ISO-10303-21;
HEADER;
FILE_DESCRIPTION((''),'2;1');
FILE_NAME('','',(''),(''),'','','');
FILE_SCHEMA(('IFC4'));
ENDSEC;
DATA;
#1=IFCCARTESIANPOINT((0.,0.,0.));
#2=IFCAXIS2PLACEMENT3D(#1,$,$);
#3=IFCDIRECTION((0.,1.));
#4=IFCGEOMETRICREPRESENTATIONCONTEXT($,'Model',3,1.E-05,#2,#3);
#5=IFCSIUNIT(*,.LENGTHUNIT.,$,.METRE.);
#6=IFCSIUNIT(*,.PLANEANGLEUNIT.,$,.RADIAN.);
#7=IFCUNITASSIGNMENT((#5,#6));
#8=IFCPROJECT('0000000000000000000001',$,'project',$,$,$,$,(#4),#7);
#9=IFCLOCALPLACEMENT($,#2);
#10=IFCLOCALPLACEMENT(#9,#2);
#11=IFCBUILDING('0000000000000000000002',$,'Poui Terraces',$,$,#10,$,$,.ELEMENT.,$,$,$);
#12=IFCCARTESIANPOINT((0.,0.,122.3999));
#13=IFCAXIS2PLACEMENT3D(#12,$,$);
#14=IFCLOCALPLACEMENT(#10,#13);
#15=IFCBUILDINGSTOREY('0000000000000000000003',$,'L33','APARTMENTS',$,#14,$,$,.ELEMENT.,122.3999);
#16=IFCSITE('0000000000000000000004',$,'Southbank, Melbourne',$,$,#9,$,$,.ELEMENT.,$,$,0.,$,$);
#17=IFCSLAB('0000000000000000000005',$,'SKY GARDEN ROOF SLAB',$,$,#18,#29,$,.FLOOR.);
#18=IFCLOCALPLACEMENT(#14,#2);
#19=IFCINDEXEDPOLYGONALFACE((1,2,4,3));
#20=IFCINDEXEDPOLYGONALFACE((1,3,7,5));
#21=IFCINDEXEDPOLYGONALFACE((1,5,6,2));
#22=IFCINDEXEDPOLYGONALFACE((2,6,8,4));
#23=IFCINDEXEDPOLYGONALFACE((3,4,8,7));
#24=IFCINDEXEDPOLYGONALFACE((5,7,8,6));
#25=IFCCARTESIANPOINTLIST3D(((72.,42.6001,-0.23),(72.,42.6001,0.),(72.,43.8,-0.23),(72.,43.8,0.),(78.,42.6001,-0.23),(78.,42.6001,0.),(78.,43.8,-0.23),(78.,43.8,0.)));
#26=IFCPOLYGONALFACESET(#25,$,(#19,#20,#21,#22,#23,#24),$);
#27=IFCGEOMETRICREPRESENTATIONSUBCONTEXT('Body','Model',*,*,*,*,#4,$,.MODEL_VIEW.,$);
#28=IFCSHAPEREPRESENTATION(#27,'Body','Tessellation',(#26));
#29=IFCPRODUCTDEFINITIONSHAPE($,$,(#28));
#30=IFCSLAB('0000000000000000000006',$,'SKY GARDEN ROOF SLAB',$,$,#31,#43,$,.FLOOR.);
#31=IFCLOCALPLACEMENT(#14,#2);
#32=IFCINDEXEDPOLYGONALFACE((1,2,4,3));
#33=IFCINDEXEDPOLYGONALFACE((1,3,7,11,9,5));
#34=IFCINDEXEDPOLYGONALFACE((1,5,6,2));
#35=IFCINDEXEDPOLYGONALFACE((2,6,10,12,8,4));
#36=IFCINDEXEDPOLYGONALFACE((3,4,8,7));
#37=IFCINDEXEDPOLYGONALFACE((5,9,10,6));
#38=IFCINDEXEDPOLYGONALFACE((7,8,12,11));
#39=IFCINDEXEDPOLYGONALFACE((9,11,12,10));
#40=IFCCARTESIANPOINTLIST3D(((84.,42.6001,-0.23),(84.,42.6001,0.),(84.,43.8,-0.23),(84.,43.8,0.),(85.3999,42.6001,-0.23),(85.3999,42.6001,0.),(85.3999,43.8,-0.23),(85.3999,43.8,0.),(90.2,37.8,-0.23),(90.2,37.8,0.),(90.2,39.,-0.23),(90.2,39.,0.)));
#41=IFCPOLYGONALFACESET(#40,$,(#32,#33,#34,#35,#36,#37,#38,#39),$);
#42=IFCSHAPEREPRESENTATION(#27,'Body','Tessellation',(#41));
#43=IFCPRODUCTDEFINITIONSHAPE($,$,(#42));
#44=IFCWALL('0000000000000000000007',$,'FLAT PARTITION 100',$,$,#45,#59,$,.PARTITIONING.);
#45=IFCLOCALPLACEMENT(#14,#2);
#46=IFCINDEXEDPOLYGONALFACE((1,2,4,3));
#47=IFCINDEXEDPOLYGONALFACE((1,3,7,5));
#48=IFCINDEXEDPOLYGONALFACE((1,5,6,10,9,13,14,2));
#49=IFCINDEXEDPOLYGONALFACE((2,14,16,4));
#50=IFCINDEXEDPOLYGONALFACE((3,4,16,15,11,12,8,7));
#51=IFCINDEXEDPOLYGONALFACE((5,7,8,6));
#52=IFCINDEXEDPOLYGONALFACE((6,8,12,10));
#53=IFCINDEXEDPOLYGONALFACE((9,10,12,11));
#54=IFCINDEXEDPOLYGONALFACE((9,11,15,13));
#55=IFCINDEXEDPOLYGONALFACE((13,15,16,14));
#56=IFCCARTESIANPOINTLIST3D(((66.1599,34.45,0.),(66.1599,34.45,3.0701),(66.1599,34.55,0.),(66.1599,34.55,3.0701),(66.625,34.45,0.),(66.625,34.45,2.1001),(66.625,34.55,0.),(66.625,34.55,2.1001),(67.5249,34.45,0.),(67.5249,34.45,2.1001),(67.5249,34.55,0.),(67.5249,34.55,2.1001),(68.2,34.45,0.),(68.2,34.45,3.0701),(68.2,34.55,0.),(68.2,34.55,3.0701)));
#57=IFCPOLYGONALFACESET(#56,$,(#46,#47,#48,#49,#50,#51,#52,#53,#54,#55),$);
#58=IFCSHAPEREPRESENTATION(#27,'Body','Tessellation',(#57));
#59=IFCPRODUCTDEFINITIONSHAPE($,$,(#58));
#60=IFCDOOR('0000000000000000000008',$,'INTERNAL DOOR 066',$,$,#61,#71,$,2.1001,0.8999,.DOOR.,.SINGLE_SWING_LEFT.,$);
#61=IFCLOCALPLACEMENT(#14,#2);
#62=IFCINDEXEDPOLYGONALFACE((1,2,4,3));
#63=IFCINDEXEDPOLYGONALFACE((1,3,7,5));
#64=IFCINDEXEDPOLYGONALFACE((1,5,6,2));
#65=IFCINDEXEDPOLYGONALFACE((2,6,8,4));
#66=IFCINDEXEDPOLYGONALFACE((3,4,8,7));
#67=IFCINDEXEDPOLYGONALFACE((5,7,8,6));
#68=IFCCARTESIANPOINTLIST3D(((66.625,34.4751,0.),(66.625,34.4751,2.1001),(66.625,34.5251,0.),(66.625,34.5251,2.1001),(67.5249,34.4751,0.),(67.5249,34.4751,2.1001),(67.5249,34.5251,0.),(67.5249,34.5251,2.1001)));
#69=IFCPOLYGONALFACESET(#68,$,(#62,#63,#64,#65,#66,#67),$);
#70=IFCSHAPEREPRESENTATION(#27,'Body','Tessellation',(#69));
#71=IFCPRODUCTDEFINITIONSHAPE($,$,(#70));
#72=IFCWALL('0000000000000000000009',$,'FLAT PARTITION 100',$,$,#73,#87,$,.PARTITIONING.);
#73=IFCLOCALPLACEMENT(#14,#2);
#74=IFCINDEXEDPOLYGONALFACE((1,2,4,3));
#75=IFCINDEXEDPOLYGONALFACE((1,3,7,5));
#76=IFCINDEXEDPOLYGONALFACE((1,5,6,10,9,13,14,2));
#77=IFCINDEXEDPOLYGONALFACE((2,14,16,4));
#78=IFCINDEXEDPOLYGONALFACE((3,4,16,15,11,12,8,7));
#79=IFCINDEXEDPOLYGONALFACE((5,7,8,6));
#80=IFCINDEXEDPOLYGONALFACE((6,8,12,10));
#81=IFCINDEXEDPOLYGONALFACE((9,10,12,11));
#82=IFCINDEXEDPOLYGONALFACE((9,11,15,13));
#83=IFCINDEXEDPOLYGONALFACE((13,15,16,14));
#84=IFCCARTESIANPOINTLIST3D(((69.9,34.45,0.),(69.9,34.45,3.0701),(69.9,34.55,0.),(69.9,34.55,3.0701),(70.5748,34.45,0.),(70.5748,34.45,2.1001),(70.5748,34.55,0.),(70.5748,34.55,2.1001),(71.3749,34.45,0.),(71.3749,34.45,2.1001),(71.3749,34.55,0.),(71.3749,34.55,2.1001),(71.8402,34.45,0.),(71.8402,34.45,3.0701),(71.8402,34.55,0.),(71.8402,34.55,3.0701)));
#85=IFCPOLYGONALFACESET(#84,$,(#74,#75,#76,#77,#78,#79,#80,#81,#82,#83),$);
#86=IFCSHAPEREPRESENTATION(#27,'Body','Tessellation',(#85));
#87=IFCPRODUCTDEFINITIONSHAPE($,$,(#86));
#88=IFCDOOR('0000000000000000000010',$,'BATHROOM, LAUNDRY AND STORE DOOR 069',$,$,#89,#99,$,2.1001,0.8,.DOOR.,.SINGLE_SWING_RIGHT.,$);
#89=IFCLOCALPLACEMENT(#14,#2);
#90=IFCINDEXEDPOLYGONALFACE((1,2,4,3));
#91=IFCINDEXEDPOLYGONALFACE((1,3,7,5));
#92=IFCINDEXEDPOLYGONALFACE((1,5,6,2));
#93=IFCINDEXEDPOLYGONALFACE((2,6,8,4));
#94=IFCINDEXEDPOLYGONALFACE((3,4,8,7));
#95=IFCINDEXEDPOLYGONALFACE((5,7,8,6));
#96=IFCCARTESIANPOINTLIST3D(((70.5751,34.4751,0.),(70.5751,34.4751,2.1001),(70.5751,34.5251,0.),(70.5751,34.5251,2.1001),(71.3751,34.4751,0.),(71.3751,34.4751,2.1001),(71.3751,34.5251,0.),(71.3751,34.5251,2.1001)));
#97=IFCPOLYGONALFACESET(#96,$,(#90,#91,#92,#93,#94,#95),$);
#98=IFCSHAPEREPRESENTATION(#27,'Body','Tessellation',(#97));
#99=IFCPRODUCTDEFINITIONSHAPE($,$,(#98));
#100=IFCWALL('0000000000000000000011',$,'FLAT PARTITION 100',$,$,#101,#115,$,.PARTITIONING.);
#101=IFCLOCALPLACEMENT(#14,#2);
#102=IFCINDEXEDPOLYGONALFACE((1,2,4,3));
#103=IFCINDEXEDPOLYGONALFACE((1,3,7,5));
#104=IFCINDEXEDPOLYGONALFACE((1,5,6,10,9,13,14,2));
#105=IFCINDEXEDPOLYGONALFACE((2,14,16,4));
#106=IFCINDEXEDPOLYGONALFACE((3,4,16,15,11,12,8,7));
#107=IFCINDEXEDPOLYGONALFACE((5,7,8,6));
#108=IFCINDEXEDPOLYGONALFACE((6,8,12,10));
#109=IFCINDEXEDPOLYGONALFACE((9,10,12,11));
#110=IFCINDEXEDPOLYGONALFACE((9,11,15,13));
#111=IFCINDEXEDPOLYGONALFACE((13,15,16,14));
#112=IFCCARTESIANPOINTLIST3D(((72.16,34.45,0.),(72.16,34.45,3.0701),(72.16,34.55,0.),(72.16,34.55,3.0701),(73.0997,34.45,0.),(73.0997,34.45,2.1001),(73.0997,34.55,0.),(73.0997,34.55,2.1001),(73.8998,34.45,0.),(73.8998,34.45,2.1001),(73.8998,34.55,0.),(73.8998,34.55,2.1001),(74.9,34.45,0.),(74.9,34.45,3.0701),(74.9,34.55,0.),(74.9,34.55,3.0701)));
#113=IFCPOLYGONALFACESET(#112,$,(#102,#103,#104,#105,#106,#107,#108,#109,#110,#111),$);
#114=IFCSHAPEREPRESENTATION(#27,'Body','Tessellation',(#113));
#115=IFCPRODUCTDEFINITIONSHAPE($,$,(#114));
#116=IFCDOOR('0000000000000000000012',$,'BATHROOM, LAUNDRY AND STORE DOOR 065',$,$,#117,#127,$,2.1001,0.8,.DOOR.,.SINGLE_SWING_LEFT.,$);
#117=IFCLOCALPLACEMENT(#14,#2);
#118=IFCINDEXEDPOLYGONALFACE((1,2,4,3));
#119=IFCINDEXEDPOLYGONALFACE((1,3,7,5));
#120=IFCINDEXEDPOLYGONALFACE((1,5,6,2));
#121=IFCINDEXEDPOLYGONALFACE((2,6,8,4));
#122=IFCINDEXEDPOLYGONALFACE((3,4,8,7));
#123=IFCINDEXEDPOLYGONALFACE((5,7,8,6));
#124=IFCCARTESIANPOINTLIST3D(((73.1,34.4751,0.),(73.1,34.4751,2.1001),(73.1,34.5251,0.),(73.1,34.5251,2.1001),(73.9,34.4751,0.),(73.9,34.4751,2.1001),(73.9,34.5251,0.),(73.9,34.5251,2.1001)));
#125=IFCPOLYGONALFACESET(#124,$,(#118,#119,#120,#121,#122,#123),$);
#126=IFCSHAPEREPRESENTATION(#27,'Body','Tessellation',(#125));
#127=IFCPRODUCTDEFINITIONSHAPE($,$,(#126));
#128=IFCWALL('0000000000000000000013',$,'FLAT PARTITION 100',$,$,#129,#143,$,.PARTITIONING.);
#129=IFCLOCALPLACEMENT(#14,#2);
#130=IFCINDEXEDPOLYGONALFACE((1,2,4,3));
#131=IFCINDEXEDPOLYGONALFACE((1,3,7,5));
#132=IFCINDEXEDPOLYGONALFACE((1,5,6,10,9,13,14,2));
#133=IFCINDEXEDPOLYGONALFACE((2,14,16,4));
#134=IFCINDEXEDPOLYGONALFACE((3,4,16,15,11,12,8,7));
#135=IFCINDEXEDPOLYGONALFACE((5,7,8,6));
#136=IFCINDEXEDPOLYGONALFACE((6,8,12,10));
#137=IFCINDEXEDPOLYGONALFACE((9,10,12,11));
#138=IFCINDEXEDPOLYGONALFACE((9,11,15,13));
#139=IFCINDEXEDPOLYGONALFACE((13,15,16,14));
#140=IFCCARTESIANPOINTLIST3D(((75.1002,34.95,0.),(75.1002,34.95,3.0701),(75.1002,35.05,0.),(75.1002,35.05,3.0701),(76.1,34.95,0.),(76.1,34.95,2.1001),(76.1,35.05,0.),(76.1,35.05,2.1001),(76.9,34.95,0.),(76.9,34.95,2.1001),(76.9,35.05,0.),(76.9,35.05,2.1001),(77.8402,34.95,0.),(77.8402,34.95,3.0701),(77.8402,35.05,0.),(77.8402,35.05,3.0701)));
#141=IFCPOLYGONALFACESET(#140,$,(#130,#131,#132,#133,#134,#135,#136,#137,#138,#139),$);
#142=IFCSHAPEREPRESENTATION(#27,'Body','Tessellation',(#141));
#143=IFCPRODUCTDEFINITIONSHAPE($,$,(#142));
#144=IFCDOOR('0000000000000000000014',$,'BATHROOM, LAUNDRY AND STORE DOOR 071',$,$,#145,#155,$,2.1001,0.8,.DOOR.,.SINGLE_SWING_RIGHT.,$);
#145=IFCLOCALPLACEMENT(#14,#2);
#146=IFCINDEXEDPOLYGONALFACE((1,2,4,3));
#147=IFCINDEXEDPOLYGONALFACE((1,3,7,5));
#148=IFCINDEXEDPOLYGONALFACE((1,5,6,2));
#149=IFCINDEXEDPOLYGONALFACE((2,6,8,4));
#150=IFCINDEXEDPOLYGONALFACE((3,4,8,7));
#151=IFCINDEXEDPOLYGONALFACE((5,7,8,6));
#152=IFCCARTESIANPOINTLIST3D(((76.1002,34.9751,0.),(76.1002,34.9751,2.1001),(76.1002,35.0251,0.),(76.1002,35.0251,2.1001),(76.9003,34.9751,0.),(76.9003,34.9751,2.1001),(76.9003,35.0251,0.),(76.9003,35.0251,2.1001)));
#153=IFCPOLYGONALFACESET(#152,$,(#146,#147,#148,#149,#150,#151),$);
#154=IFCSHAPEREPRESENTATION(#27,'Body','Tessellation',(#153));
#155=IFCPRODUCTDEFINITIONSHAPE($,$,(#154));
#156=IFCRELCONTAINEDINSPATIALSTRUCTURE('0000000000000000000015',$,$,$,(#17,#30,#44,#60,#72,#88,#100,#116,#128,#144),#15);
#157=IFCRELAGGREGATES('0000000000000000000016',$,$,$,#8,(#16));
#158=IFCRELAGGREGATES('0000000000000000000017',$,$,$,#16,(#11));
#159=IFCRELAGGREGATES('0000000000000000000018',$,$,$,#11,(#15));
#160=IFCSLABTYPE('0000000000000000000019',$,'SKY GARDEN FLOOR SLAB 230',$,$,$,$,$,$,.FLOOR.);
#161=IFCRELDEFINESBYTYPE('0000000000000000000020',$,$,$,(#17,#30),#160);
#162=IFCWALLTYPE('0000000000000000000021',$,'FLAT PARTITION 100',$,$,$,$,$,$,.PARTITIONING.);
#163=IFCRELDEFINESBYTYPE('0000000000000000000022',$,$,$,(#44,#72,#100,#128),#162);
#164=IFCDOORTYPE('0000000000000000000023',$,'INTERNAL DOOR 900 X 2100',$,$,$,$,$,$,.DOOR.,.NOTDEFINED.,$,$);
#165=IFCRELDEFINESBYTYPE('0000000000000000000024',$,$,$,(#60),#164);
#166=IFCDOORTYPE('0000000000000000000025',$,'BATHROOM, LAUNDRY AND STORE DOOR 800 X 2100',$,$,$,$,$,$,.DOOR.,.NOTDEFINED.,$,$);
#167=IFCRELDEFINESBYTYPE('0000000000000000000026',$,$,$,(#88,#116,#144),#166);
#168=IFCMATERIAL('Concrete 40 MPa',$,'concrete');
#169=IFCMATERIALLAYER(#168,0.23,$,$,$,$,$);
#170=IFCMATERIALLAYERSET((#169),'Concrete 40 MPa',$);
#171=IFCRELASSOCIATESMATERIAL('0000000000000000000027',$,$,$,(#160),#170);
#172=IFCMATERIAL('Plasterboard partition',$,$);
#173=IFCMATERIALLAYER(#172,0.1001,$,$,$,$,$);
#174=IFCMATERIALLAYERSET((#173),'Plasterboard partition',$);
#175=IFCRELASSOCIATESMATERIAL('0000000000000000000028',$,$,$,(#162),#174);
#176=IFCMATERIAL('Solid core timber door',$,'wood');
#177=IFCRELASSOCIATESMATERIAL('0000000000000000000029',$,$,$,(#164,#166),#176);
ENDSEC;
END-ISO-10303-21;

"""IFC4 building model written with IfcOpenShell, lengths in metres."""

from ifc_helpers import new_model, si_unit, direction, frame, frame_2d, origin, place, context, subcontext, project, spatial, polyline, rectangle, outline, extrude, source, transform, mapped, material, layer, layer_set, type_object, element, fill, save


model = new_model("IFC4")

# Units and contexts
model_context = context("Model", 3, precision=1e-05, world=origin(), true_north=direction((0.0, 1.0)))
body_context = subcontext(model_context, "Body", "Model", "MODEL_VIEW")
ifc_project = project(units=[si_unit("LENGTHUNIT", "METRE"), si_unit("PLANEANGLEUNIT", "RADIAN")], contexts=[model_context])

# Site, building, storey
site_placement = place(None, origin())
site = spatial("IfcSite", under=ifc_project, at=site_placement, Name="Southbank, Melbourne", CompositionType="ELEMENT", RefElevation=0.0)
building_placement = place(site_placement, origin())
building = spatial("IfcBuilding", under=site, at=building_placement, Name="Poui Terraces", CompositionType="ELEMENT")
storey_placement = place(building_placement, frame((0.0, 0.0, 122.3999)))
storey = spatial("IfcBuildingStorey", under=building, at=storey_placement, Name="L33", Description="APARTMENTS", CompositionType="ELEMENT", Elevation=122.3999)

# Slabs
ifc_material_1 = material(Name="Concrete 40 MPa", Category="concrete")
ifc_layer_1 = layer(ifc_material_1, 0.23)
ifc_layer_set_1 = layer_set([ifc_layer_1], Name="Concrete 40 MPa")
slab_type = type_object("IfcSlabType", Name="SKY GARDEN FLOOR SLAB 230", PredefinedType="FLOOR", material=ifc_layer_set_1)
shared_shape_1 = source(origin(), body_context, "Body", "SweptSolid", [
    extrude(outline(polyline([(0.0, 0.0), (0.0, 1.2), (-6.0, 1.2), (-6.0, 0.0), (0.0, 0.0)])), origin(), (0.0, 0.0, 1.0), 0.23),
])
slab_1_placement = place(storey_placement, frame((78.0, 42.6001, -0.23)))
element("IfcSlab", 1, at=slab_1_placement, inside=storey, type_object=slab_type, Name="SKY GARDEN ROOF SLAB", PredefinedType="FLOOR", context=body_context, shape_type="MappedRepresentation", body=[
    mapped(shared_shape_1, transform((0.0, 0.0, 0.0))),
])
shared_shape_2 = source(origin(), body_context, "Body", "SweptSolid", [
    extrude(outline(polyline([(0.0, 0.0), (0.0, -1.2), (1.3999, -1.2), (6.2, -6.0), (6.2, -4.8), (1.3999, 0.0), (0.0, 0.0)])), origin(), (0.0, 0.0, 1.0), 0.23),
])
slab_2_placement = place(storey_placement, frame((84.0, 43.8, -0.23)))
element("IfcSlab", 2, at=slab_2_placement, inside=storey, type_object=slab_type, Name="SKY GARDEN ROOF SLAB", PredefinedType="FLOOR", context=body_context, shape_type="MappedRepresentation", body=[
    mapped(shared_shape_2, transform((0.0, 0.0, 0.0))),
])

# Walls, openings, doors
ifc_material_2 = material(Name="Plasterboard partition")
ifc_layer_2 = layer(ifc_material_2, 0.1001)
ifc_layer_set_2 = layer_set([ifc_layer_2], Name="Plasterboard partition")
wall_type_1 = type_object("IfcWallType", Name="FLAT PARTITION 100", PredefinedType="PARTITIONING", material=ifc_layer_set_2)
wall_1_placement = place(storey_placement, frame((66.1599, 34.5, 0.0), z_axis=(0.0, 0.0, 1.0), x_axis=(1.0, 0.0, 0.0)))
wall_1 = element("IfcWall", 3, at=wall_1_placement, inside=storey, type_object=wall_type_1, Name="FLAT PARTITION 100", PredefinedType="PARTITIONING", context=body_context, shape_type="SweptSolid", body=[
    extrude(rectangle(XDim=2.04, YDim=0.1001, at=frame_2d((1.02, 0.0))), origin(), (0.0, 0.0, 1.0), 3.0701),
])
opening_1_placement = place(wall_1_placement, frame((0.4651, 0.0, 0.0)))
opening_1 = element("IfcOpeningElement", 4, at=opening_1_placement, cuts=wall_1, PredefinedType="OPENING", context=body_context, shape_type="SweptSolid", body=[
    extrude(rectangle(XDim=0.8999, YDim=2.1001, at=frame_2d((0.45, 1.05))), frame((0.0, 0.0601, 0.0), z_axis=(0.0, -1.0, 0.0), x_axis=(1.0, 0.0, 0.0)), (0.0, 0.0, 1.0), 0.1201),
])
ifc_material_3 = material(Name="Solid core timber door", Category="wood")
door_type_1 = type_object("IfcDoorType", Name="INTERNAL DOOR 900 X 2100", OperationType="NOTDEFINED", PredefinedType="DOOR", material=ifc_material_3)
door_1_placement = place(opening_1_placement, frame((0.8999, 0.0, 0.0), z_axis=(0.0, 0.0, 1.0), x_axis=(-1.0, 0.0, 0.0)))
door_1 = element("IfcDoor", 5, at=door_1_placement, inside=storey, type_object=door_type_1, Name="INTERNAL DOOR 066", OperationType="SINGLE_SWING_LEFT", OverallHeight=2.1001, OverallWidth=0.8999, PredefinedType="DOOR", context=body_context, shape_type="SweptSolid", body=[
    extrude(rectangle(XDim=0.8999, YDim=2.1001, at=frame_2d((0.45, 1.05))), frame((0.0, 0.0249, 0.0), z_axis=(0.0, -1.0, 0.0), x_axis=(1.0, 0.0, 0.0)), (0.0, 0.0, 1.0), 0.05),
])
fill(opening_1, door_1)
wall_2_placement = place(storey_placement, frame((69.8999, 34.5, 0.0), z_axis=(0.0, 0.0, 1.0), x_axis=(1.0, 0.0, 0.0)))
wall_2 = element("IfcWall", 6, at=wall_2_placement, inside=storey, type_object=wall_type_1, Name="FLAT PARTITION 100", PredefinedType="PARTITIONING", context=body_context, shape_type="SweptSolid", body=[
    extrude(rectangle(XDim=1.9402, YDim=0.1001, at=frame_2d((0.9702, 0.0))), origin(), (0.0, 0.0, 1.0), 3.0701),
])
opening_2_placement = place(wall_2_placement, frame((0.675, 0.0, 0.0)))
opening_2 = element("IfcOpeningElement", 7, at=opening_2_placement, cuts=wall_2, PredefinedType="OPENING", context=body_context, shape_type="SweptSolid", body=[
    extrude(rectangle(XDim=0.8, YDim=2.1001, at=frame_2d((0.3999, 1.05))), frame((0.0, 0.0601, 0.0), z_axis=(0.0, -1.0, 0.0), x_axis=(1.0, 0.0, 0.0)), (0.0, 0.0, 1.0), 0.1201),
])
door_type_2 = type_object("IfcDoorType", Name="BATHROOM, LAUNDRY AND STORE DOOR 800 X 2100", OperationType="NOTDEFINED", PredefinedType="DOOR", material=ifc_material_3)
door_2_placement = place(opening_2_placement, frame((0.8, 0.0, 0.0), z_axis=(0.0, 0.0, 1.0), x_axis=(-1.0, 0.0, 0.0)))
door_2 = element("IfcDoor", 8, at=door_2_placement, inside=storey, type_object=door_type_2, Name="BATHROOM, LAUNDRY AND STORE DOOR 069", OperationType="SINGLE_SWING_RIGHT", OverallHeight=2.1001, OverallWidth=0.8, PredefinedType="DOOR", context=body_context, shape_type="SweptSolid", body=[
    extrude(rectangle(XDim=0.8, YDim=2.1001, at=frame_2d((0.3999, 1.05))), frame((0.0, 0.0249, 0.0), z_axis=(0.0, -1.0, 0.0), x_axis=(1.0, 0.0, 0.0)), (0.0, 0.0, 1.0), 0.05),
])
fill(opening_2, door_2)
wall_3_placement = place(storey_placement, frame((72.1599, 34.5, 0.0), z_axis=(0.0, 0.0, 1.0), x_axis=(1.0, 0.0, 0.0)))
wall_3 = element("IfcWall", 9, at=wall_3_placement, inside=storey, type_object=wall_type_1, Name="FLAT PARTITION 100", PredefinedType="PARTITIONING", context=body_context, shape_type="SweptSolid", body=[
    extrude(rectangle(XDim=2.74, YDim=0.1001, at=frame_2d((1.3701, 0.0))), origin(), (0.0, 0.0, 1.0), 3.0701),
])
opening_3_placement = place(wall_3_placement, frame((0.9399, 0.0, 0.0)))
opening_3 = element("IfcOpeningElement", 10, at=opening_3_placement, cuts=wall_3, PredefinedType="OPENING", context=body_context, shape_type="SweptSolid", body=[
    extrude(rectangle(XDim=0.8, YDim=2.1001, at=frame_2d((0.3999, 1.05))), frame((0.0, 0.0601, 0.0), z_axis=(0.0, -1.0, 0.0), x_axis=(1.0, 0.0, 0.0)), (0.0, 0.0, 1.0), 0.1201),
])
door_3_placement = place(opening_3_placement, frame((0.8, 0.0, 0.0), z_axis=(0.0, 0.0, 1.0), x_axis=(-1.0, 0.0, 0.0)))
door_3 = element("IfcDoor", 11, at=door_3_placement, inside=storey, type_object=door_type_2, Name="BATHROOM, LAUNDRY AND STORE DOOR 065", OperationType="SINGLE_SWING_LEFT", OverallHeight=2.1001, OverallWidth=0.8, PredefinedType="DOOR", context=body_context, shape_type="SweptSolid", body=[
    extrude(rectangle(XDim=0.8, YDim=2.1001, at=frame_2d((0.3999, 1.05))), frame((0.0, 0.0249, 0.0), z_axis=(0.0, -1.0, 0.0), x_axis=(1.0, 0.0, 0.0)), (0.0, 0.0, 1.0), 0.05),
])
fill(opening_3, door_3)
wall_4_placement = place(storey_placement, frame((75.1001, 35.0, 0.0), z_axis=(0.0, 0.0, 1.0), x_axis=(1.0, 0.0, 0.0)))
wall_4 = element("IfcWall", 12, at=wall_4_placement, inside=storey, type_object=wall_type_1, Name="FLAT PARTITION 100", PredefinedType="PARTITIONING", context=body_context, shape_type="SweptSolid", body=[
    extrude(rectangle(XDim=2.74, YDim=0.1001, at=frame_2d((1.3701, 0.0))), origin(), (0.0, 0.0, 1.0), 3.0701),
])
opening_4_placement = place(wall_4_placement, frame((1.0, 0.0, 0.0)))
opening_4 = element("IfcOpeningElement", 13, at=opening_4_placement, cuts=wall_4, PredefinedType="OPENING", context=body_context, shape_type="SweptSolid", body=[
    extrude(rectangle(XDim=0.8, YDim=2.1001, at=frame_2d((0.3999, 1.05))), frame((0.0, 0.0601, 0.0), z_axis=(0.0, -1.0, 0.0), x_axis=(1.0, 0.0, 0.0)), (0.0, 0.0, 1.0), 0.1201),
])
door_4_placement = place(opening_4_placement, frame((0.8, 0.0, 0.0), z_axis=(0.0, 0.0, 1.0), x_axis=(-1.0, 0.0, 0.0)))
door_4 = element("IfcDoor", 14, at=door_4_placement, inside=storey, type_object=door_type_2, Name="BATHROOM, LAUNDRY AND STORE DOOR 071", OperationType="SINGLE_SWING_RIGHT", OverallHeight=2.1001, OverallWidth=0.8, PredefinedType="DOOR", context=body_context, shape_type="SweptSolid", body=[
    extrude(rectangle(XDim=0.8, YDim=2.1001, at=frame_2d((0.3999, 1.05))), frame((0.0, 0.0249, 0.0), z_axis=(0.0, -1.0, 0.0), x_axis=(1.0, 0.0, 0.0)), (0.0, 0.0, 1.0), 0.05),
])
fill(opening_4, door_4)

save(model, "model.ifc")
